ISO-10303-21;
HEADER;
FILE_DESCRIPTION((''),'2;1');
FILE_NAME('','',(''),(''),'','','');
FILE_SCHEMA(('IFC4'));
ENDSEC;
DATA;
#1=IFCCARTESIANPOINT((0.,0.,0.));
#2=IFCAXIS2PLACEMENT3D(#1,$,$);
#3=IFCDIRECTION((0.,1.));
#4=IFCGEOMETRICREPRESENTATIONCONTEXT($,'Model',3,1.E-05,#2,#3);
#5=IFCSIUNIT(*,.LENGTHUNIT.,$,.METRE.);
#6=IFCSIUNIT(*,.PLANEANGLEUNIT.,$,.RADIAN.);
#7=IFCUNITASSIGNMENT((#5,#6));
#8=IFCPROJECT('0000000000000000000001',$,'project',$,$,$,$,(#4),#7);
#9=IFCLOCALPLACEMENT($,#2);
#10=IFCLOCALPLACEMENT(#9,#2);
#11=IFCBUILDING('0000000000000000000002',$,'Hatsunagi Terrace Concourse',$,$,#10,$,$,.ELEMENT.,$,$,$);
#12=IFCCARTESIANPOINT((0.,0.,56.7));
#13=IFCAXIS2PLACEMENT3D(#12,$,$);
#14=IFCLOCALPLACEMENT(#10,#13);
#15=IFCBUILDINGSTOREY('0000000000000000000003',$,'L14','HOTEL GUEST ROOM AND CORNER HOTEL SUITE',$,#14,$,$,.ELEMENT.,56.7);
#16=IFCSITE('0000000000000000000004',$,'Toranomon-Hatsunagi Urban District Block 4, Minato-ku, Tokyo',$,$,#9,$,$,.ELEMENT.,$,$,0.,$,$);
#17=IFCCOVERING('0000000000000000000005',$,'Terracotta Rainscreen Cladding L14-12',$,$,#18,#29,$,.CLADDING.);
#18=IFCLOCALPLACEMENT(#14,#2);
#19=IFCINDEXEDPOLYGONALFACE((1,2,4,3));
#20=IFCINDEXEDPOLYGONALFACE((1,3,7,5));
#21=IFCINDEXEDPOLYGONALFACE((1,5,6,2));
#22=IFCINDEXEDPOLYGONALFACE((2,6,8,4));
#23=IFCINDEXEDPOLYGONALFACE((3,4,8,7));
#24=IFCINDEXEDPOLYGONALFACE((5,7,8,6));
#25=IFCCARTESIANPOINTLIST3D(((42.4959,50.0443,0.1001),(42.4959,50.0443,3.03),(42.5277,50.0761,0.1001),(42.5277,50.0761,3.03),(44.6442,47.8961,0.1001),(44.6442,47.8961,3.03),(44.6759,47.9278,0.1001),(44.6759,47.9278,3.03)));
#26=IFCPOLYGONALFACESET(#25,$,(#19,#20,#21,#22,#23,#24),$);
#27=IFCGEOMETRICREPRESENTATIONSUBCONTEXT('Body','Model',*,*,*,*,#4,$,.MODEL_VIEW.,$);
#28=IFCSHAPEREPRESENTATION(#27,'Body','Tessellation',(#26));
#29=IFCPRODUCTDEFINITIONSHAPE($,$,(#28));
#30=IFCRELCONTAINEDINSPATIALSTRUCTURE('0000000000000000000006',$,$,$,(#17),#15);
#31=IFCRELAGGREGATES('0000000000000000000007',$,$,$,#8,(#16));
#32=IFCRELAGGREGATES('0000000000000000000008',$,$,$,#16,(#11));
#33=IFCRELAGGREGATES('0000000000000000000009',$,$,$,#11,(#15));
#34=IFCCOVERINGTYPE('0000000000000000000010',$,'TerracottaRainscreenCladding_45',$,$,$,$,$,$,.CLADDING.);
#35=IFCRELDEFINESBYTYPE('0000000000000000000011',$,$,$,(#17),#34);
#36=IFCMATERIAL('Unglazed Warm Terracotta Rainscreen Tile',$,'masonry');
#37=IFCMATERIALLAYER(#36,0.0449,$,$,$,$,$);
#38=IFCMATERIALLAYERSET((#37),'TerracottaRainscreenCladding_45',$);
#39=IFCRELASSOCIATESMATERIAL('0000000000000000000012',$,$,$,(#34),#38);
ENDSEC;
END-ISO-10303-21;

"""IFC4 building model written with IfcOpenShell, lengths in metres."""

from ifc_helpers import new_model, si_unit, direction, frame, origin, origin_2d, place, context, subcontext, project, spatial, rectangle, extrude, material, layer, layer_set, type_object, element, save


model = new_model("IFC4")

# Units and contexts
model_context = context("Model", 3, precision=1e-05, world=origin(), true_north=direction((0.0, 1.0)))
body_context = subcontext(model_context, "Body", "Model", "MODEL_VIEW")
ifc_project = project(units=[si_unit("LENGTHUNIT", "METRE"), si_unit("PLANEANGLEUNIT", "RADIAN")], contexts=[model_context])

# Site, building, storey
site_placement = place(None, origin())
site = spatial("IfcSite", under=ifc_project, at=site_placement, Name="Toranomon-Hatsunagi Urban District Block 4, Minato-ku, Tokyo", CompositionType="ELEMENT", RefElevation=0.0)
building_placement = place(site_placement, origin())
building = spatial("IfcBuilding", under=site, at=building_placement, Name="Hatsunagi Terrace Concourse", CompositionType="ELEMENT")
storey_placement = place(building_placement, frame((0.0, 0.0, 56.7)))
storey = spatial("IfcBuildingStorey", under=building, at=storey_placement, Name="L14", Description="HOTEL GUEST ROOM AND CORNER HOTEL SUITE", CompositionType="ELEMENT", Elevation=56.7)

# Covering
ifc_material_1 = material(Name="Unglazed Warm Terracotta Rainscreen Tile", Category="masonry")
ifc_layer_1 = layer(ifc_material_1, 0.0449)
ifc_layer_set_1 = layer_set([ifc_layer_1], Name="TerracottaRainscreenCladding_45")
covering_type = type_object("IfcCoveringType", Name="TerracottaRainscreenCladding_45", PredefinedType="CLADDING", material=ifc_layer_set_1)
covering_placement = place(storey_placement, frame((43.5859, 48.9861, 0.1001), z_axis=(0.0, 0.0, 1.0), x_axis=(0.707107, -0.707107, 0.0)))
element("IfcCovering", 1, at=covering_placement, inside=storey, type_object=covering_type, Name="Terracotta Rainscreen Cladding L14-12", PredefinedType="CLADDING", context=body_context, shape_type="SweptSolid", body=[
    extrude(rectangle(XDim=3.0381, YDim=0.0449, at=origin_2d()), origin(), (0.0, 0.0, 1.0), 2.9299),
])

save(model, "model.ifc")
